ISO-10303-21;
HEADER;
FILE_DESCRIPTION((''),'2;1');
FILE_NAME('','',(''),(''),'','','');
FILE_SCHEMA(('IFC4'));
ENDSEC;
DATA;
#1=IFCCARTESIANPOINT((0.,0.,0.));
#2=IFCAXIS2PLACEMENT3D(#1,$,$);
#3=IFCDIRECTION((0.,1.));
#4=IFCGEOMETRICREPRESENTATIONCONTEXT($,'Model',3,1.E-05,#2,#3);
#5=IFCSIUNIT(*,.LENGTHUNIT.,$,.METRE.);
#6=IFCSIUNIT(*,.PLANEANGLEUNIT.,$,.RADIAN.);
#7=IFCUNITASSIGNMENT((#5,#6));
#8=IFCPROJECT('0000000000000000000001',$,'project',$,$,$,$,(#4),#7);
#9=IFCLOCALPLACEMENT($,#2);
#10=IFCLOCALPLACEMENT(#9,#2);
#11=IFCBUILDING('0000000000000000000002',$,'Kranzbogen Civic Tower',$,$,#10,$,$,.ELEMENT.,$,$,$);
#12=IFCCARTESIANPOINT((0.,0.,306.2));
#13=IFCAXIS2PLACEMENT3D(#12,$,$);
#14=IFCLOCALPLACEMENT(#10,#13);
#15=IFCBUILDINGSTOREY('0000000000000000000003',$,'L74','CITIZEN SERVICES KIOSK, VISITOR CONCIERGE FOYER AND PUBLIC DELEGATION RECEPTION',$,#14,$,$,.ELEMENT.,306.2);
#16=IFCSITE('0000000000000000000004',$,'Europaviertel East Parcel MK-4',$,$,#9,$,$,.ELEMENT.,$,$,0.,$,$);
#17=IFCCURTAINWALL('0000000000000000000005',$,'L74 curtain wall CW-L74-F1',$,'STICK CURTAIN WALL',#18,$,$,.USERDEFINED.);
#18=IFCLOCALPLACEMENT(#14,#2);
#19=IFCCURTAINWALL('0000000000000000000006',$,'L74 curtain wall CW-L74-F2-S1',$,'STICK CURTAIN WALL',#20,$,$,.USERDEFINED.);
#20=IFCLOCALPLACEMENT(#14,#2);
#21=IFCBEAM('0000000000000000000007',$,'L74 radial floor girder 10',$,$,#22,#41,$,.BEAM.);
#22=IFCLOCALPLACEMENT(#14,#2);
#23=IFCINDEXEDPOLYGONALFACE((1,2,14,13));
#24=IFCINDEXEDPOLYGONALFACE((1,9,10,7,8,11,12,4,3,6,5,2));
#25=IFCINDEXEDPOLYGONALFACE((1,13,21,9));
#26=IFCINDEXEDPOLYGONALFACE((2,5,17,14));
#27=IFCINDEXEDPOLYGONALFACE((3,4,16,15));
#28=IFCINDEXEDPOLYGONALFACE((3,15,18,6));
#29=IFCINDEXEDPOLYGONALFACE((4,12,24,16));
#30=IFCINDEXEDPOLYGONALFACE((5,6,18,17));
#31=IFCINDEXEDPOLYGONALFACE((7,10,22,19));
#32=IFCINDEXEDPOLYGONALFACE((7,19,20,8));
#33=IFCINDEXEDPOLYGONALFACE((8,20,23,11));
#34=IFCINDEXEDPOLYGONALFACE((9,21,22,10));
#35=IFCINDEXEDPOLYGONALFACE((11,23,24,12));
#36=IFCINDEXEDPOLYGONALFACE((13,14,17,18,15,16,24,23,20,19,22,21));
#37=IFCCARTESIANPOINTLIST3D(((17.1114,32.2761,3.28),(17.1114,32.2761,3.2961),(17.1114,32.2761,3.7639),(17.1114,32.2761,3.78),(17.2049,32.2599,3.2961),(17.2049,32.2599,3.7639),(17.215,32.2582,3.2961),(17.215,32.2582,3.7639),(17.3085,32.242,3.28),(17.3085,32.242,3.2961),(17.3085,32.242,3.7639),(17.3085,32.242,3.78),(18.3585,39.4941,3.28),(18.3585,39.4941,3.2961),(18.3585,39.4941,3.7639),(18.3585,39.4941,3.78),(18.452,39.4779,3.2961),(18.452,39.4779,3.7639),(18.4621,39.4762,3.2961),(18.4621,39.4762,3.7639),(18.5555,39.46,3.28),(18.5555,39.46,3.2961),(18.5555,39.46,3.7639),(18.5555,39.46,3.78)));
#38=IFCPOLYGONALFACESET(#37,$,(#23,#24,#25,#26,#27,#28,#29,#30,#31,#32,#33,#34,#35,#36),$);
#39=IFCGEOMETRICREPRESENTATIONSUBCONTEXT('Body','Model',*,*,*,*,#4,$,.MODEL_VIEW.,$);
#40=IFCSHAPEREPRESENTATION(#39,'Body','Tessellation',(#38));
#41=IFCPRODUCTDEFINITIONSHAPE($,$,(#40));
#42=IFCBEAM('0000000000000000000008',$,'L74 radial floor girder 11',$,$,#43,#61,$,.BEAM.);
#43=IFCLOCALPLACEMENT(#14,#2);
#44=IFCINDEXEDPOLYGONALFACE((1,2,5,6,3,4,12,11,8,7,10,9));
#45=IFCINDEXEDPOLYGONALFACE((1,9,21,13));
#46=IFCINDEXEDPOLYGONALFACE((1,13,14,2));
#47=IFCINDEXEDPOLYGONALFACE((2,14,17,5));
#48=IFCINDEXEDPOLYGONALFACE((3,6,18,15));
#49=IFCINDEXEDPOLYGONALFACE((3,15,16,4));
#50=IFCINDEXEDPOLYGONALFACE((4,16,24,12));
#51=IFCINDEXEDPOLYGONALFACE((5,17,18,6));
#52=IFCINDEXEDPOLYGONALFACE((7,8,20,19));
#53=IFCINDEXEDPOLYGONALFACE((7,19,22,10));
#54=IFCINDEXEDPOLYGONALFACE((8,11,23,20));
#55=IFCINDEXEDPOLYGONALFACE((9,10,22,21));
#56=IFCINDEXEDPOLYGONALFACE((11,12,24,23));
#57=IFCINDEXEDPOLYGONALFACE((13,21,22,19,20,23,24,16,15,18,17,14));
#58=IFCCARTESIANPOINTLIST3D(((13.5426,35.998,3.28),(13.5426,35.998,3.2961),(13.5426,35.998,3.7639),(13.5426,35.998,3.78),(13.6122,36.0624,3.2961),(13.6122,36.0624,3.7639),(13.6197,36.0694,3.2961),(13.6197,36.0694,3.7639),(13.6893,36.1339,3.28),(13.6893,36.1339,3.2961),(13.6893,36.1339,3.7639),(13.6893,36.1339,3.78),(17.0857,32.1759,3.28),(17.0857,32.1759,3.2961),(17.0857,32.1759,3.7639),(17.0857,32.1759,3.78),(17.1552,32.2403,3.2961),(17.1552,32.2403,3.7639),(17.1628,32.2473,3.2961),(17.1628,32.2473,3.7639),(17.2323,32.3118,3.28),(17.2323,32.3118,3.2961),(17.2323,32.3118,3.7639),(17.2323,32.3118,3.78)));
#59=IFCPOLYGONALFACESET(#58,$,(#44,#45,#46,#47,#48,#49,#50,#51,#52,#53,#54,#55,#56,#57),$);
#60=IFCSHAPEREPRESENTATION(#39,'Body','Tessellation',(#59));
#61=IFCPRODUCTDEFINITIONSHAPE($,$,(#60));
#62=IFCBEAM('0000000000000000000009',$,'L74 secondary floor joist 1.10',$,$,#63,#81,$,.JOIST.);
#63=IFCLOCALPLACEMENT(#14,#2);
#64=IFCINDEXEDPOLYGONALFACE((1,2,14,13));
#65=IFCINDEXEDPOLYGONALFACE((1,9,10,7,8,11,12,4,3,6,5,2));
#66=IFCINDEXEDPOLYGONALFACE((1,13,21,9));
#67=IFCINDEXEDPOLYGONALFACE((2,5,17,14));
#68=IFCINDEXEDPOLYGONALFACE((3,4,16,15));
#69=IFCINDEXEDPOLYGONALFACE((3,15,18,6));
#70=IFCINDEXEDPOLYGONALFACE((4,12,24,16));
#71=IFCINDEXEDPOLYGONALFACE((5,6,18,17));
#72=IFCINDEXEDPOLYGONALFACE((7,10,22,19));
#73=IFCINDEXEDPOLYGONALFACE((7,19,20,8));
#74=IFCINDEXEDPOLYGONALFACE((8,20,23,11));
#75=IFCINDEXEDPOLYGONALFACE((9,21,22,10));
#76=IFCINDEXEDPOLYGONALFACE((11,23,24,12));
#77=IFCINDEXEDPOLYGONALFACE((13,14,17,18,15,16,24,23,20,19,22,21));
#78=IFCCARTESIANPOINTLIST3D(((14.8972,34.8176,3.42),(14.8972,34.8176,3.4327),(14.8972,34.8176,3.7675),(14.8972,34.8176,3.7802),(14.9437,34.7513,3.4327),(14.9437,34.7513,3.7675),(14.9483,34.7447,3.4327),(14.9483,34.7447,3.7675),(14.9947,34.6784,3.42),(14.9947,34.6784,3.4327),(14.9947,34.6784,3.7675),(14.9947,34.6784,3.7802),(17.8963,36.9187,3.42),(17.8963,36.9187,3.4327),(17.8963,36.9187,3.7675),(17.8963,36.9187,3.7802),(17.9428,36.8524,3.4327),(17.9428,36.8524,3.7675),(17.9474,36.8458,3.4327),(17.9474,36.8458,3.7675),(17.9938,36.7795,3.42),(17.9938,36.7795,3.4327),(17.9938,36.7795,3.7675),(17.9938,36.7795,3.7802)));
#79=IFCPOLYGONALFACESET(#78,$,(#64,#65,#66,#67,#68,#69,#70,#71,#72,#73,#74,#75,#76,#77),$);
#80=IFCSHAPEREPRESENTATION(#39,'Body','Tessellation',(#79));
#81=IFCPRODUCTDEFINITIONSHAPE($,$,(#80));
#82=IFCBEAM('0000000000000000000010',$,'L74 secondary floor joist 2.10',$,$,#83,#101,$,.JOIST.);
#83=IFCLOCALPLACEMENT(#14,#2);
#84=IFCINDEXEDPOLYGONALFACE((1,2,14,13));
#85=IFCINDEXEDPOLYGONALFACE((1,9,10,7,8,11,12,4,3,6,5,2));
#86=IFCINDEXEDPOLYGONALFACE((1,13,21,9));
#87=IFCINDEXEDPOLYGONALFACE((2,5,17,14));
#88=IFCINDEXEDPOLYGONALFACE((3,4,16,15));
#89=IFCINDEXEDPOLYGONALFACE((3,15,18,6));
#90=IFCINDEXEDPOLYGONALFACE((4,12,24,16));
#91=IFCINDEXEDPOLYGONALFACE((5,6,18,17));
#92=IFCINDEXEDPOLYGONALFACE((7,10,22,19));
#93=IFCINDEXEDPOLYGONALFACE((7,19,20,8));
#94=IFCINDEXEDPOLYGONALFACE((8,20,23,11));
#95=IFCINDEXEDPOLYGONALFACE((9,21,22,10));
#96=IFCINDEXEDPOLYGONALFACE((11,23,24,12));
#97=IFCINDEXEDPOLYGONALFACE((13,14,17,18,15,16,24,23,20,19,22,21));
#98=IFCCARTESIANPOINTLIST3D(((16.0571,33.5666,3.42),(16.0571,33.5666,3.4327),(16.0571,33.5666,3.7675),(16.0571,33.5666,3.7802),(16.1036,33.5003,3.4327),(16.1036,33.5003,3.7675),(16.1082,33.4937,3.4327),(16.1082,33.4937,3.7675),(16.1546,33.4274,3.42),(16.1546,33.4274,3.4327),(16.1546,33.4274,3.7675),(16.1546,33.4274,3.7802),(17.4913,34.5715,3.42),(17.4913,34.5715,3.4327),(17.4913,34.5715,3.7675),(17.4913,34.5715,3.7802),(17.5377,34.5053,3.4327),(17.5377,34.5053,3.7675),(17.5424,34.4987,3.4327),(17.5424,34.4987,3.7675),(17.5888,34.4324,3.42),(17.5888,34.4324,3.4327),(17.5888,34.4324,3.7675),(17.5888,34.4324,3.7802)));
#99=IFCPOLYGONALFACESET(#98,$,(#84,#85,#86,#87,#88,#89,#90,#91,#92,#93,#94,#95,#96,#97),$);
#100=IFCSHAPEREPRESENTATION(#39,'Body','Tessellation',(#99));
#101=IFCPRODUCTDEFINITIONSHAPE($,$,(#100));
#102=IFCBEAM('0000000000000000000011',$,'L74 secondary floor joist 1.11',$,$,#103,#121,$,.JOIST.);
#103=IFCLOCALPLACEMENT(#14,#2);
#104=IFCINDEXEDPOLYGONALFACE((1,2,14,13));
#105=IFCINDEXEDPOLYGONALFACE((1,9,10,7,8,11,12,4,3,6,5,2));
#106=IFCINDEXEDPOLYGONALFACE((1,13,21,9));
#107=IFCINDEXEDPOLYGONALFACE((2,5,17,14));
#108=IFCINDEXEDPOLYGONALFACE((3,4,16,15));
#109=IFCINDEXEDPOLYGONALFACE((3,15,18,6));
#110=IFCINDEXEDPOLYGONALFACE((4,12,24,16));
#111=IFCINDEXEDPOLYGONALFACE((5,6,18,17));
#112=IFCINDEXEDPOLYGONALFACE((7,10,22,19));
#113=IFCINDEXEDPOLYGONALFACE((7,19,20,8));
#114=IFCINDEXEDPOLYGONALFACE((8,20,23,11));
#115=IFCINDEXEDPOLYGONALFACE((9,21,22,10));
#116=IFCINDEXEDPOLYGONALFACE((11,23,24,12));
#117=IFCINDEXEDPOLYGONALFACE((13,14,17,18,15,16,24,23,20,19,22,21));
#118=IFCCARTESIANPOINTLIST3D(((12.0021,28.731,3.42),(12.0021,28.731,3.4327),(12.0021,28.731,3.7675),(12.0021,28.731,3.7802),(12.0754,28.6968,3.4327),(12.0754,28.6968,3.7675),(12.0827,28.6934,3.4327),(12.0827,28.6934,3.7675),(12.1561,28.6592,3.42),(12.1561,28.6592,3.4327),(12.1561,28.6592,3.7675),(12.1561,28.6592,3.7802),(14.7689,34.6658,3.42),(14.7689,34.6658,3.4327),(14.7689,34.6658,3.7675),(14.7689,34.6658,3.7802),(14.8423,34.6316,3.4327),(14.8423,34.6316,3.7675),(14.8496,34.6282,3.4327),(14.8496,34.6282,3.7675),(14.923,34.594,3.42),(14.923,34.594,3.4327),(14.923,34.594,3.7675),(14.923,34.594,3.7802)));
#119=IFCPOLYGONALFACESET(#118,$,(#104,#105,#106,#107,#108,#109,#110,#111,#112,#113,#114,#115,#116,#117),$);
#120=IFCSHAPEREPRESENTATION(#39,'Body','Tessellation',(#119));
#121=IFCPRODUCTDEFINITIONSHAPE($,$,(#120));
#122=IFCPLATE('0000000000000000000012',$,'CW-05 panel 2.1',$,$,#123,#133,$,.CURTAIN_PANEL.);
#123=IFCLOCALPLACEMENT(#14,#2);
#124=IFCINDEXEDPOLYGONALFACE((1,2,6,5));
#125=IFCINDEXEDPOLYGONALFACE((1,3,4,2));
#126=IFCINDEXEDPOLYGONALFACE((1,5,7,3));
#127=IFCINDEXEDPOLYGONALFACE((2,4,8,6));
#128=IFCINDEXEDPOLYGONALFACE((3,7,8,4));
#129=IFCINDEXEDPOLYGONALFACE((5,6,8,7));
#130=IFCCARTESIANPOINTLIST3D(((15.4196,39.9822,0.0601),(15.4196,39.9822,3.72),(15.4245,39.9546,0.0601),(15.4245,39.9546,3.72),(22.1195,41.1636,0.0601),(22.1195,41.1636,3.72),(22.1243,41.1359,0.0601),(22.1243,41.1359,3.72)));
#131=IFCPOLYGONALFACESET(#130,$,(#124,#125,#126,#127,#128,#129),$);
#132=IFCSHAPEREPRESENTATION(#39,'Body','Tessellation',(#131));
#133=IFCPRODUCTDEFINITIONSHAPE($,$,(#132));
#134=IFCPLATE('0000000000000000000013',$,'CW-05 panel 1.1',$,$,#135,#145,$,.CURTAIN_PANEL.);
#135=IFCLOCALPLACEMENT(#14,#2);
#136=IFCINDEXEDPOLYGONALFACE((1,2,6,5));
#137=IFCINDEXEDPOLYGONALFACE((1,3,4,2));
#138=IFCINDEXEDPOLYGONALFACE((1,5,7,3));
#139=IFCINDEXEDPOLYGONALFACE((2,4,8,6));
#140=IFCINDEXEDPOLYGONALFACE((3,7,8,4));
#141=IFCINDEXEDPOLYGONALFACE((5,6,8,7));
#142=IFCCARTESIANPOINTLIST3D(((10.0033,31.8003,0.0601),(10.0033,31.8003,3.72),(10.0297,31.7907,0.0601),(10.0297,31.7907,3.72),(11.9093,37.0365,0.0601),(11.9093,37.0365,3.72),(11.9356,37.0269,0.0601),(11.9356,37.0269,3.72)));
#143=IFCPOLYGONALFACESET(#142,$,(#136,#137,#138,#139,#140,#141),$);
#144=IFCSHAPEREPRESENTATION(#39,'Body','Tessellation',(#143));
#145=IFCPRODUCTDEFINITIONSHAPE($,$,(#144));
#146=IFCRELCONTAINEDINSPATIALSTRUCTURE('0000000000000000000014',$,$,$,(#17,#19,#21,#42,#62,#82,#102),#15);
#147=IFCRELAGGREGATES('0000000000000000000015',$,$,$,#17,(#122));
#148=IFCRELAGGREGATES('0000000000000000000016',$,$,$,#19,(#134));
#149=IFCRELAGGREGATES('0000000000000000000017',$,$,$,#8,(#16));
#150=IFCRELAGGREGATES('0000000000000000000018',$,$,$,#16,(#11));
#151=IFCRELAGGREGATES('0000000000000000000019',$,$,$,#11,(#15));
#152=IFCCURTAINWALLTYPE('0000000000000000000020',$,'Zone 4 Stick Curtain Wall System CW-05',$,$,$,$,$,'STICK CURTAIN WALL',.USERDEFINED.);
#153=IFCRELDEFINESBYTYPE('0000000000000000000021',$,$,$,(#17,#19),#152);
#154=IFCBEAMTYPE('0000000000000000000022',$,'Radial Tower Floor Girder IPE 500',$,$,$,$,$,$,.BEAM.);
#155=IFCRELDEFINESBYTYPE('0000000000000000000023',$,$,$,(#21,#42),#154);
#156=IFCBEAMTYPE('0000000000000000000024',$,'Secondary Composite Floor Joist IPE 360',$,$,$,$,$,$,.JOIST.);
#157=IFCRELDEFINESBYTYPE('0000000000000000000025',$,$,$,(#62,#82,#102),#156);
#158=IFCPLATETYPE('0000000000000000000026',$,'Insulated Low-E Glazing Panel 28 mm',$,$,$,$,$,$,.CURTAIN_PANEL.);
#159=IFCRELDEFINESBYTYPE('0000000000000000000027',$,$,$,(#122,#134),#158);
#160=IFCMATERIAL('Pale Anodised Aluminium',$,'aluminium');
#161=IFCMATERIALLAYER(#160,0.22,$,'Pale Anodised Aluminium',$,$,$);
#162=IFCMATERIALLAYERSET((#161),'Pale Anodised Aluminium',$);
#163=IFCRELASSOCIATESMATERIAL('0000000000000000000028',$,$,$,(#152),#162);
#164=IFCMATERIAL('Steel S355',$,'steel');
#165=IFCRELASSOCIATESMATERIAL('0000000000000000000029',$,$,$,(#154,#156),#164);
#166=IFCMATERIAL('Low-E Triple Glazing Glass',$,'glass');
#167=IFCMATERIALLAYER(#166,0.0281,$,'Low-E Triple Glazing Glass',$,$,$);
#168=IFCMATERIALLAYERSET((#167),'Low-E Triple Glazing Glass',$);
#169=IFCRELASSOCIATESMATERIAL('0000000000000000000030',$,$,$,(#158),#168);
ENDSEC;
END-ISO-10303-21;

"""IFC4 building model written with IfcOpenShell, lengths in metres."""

from ifc_helpers import new_model, si_unit, direction, frame, origin, origin_2d, place, context, subcontext, project, spatial, rectangle, i_section, extrude, material, layer, layer_set, material_profile, profile_set, type_object, element, aggregate, save


model = new_model("IFC4")

# Units and contexts
model_context = context("Model", 3, precision=1e-05, world=origin(), true_north=direction((0.0, 1.0)))
body_context = subcontext(model_context, "Body", "Model", "MODEL_VIEW")
ifc_project = project(units=[si_unit("LENGTHUNIT", "METRE"), si_unit("PLANEANGLEUNIT", "RADIAN")], contexts=[model_context])

# Site, building, storey
site_placement = place(None, origin())
site = spatial("IfcSite", under=ifc_project, at=site_placement, Name="Europaviertel East Parcel MK-4", CompositionType="ELEMENT", RefElevation=0.0)
building_placement = place(site_placement, origin())
building = spatial("IfcBuilding", under=site, at=building_placement, Name="Kranzbogen Civic Tower", CompositionType="ELEMENT")
storey_placement = place(building_placement, frame((0.0, 0.0, 306.2)))
storey = spatial("IfcBuildingStorey", under=building, at=storey_placement, Name="L74", Description="CITIZEN SERVICES KIOSK, VISITOR CONCIERGE FOYER AND PUBLIC DELEGATION RECEPTION", CompositionType="ELEMENT", Elevation=306.2)

# Shared definitions
ifc_material_1 = material(Name="Steel S355", Category="steel")

# Curtain wall
ifc_material_2 = material(Name="Pale Anodised Aluminium", Category="aluminium")
ifc_layer_1 = layer(ifc_material_2, 0.22, Name="Pale Anodised Aluminium")
ifc_layer_set_1 = layer_set([ifc_layer_1], Name="Pale Anodised Aluminium")
curtain_wall_type = type_object("IfcCurtainWallType", Name="Zone 4 Stick Curtain Wall System CW-05", ElementType="STICK CURTAIN WALL", PredefinedType="USERDEFINED", material=ifc_layer_set_1)
curtain_wall_1_placement = place(storey_placement, origin())
curtain_wall_1 = element("IfcCurtainWall", 1, at=curtain_wall_1_placement, inside=storey, type_object=curtain_wall_type, Name="L74 curtain wall CW-L74-F1", ObjectType="STICK CURTAIN WALL", PredefinedType="USERDEFINED")

# Curtain wall
curtain_wall_2_placement = place(storey_placement, origin())
curtain_wall_2 = element("IfcCurtainWall", 2, at=curtain_wall_2_placement, inside=storey, type_object=curtain_wall_type, Name="L74 curtain wall CW-L74-F2-S1", ObjectType="STICK CURTAIN WALL", PredefinedType="USERDEFINED")

# Beams
ifc_material_profile_1 = material_profile(ifc_material_1, i_section(OverallWidth=0.2, OverallDepth=0.5, WebThickness=0.0103, FlangeThickness=0.0161, at=origin_2d()), Name="IPE 500")
ifc_profile_set_1 = profile_set([ifc_material_profile_1], Name="Steel S355")
beam_type_1 = type_object("IfcBeamType", Name="Radial Tower Floor Girder IPE 500", PredefinedType="BEAM", material=ifc_profile_set_1)
beam_1_placement = place(storey_placement, frame((18.457, 39.4771, 3.53), z_axis=(-0.17025, -0.985401, 0.0), x_axis=(0.985401, -0.17025, 0.0)))
element("IfcBeam", 3, at=beam_1_placement, inside=storey, type_object=beam_type_1, Name="L74 radial floor girder 10", PredefinedType="BEAM", context=body_context, shape_type="SweptSolid", body=[
    extrude(i_section(OverallWidth=0.2, OverallDepth=0.5, WebThickness=0.0103, FlangeThickness=0.0161, at=origin_2d()), origin(), (0.0, 0.0, 1.0), 7.325),
])
beam_2_placement = place(storey_placement, frame((13.616, 36.0659, 3.53), z_axis=(0.679827, -0.733372, 0.0), x_axis=(0.733372, 0.679827, 0.0)))
element("IfcBeam", 4, at=beam_2_placement, inside=storey, type_object=beam_type_1, Name="L74 radial floor girder 11", PredefinedType="BEAM", context=body_context, shape_type="SweptSolid", body=[
    extrude(i_section(OverallWidth=0.2, OverallDepth=0.5, WebThickness=0.0103, FlangeThickness=0.0161, at=origin_2d()), origin(), (0.0, 0.0, 1.0), 5.2117),
])
ifc_material_profile_2 = material_profile(ifc_material_1, i_section(OverallWidth=0.1699, OverallDepth=0.3601, WebThickness=0.0081, FlangeThickness=0.0127, at=origin_2d()), Name="IPE 360")
ifc_profile_set_2 = profile_set([ifc_material_profile_2], Name="Steel S355")
beam_type_2 = type_object("IfcBeamType", Name="Secondary Composite Floor Joist IPE 360", PredefinedType="JOIST", material=ifc_profile_set_2)
beam_3_placement = place(storey_placement, frame((17.9451, 36.8491, 3.6001), z_axis=(-0.819006, -0.573784, 0.0), x_axis=(0.573784, -0.819006, 0.0)))
element("IfcBeam", 5, at=beam_3_placement, inside=storey, type_object=beam_type_2, Name="L74 secondary floor joist 1.10", PredefinedType="JOIST", context=body_context, shape_type="SweptSolid", body=[
    extrude(i_section(OverallWidth=0.1699, OverallDepth=0.3601, WebThickness=0.0081, FlangeThickness=0.0127, at=origin_2d()), origin(), (0.0, 0.0, 1.0), 3.6619),
])
beam_4_placement = place(storey_placement, frame((17.54, 34.502, 3.6001), z_axis=(-0.818957, -0.573855, 0.0), x_axis=(0.573855, -0.818957, 0.0)))
element("IfcBeam", 6, at=beam_4_placement, inside=storey, type_object=beam_type_2, Name="L74 secondary floor joist 2.10", PredefinedType="JOIST", context=body_context, shape_type="SweptSolid", body=[
    extrude(i_section(OverallWidth=0.1699, OverallDepth=0.3601, WebThickness=0.0081, FlangeThickness=0.0127, at=origin_2d()), origin(), (0.0, 0.0, 1.0), 1.7512),
])
beam_5_placement = place(storey_placement, frame((14.8459, 34.6299, 3.6001), z_axis=(-0.422543, -0.906343, 0.0), x_axis=(0.906343, -0.422543, 0.0)))
element("IfcBeam", 7, at=beam_5_placement, inside=storey, type_object=beam_type_2, Name="L74 secondary floor joist 1.11", PredefinedType="JOIST", context=body_context, shape_type="SweptSolid", body=[
    extrude(i_section(OverallWidth=0.1699, OverallDepth=0.3601, WebThickness=0.0081, FlangeThickness=0.0127, at=origin_2d()), origin(), (0.0, 0.0, 1.0), 6.5481),
])

# Plates
ifc_material_3 = material(Name="Low-E Triple Glazing Glass", Category="glass")
ifc_layer_2 = layer(ifc_material_3, 0.0281, Name="Low-E Triple Glazing Glass")
ifc_layer_set_2 = layer_set([ifc_layer_2], Name="Low-E Triple Glazing Glass")
plate_type = type_object("IfcPlateType", Name="Insulated Low-E Glazing Panel 28 mm", PredefinedType="CURTAIN_PANEL", material=ifc_layer_set_2)
plate_1_placement = place(storey_placement, frame((18.772, 40.5591, 0.0601), z_axis=(0.0, 0.0, 1.0), x_axis=(-0.984808, -0.173649, 0.0)))
plate_1 = element("IfcPlate", 8, at=plate_1_placement, type_object=plate_type, Name="CW-05 panel 2.1", PredefinedType="CURTAIN_PANEL", context=body_context, shape_type="SweptSolid", body=[
    extrude(rectangle(XDim=6.8032, YDim=0.0281, at=origin_2d()), origin(), (0.0, 0.0, 1.0), 3.6599),
])
aggregate(curtain_wall_1, [plate_1])
plate_2_placement = place(storey_placement, frame((10.9695, 34.4136, 0.0601), z_axis=(0.0, 0.0, 1.0), x_axis=(-0.342039, -0.939686, 0.0)))
plate_2 = element("IfcPlate", 9, at=plate_2_placement, type_object=plate_type, Name="CW-05 panel 1.1", PredefinedType="CURTAIN_PANEL", context=body_context, shape_type="SweptSolid", body=[
    extrude(rectangle(XDim=5.5723, YDim=0.0281, at=origin_2d()), origin(), (0.0, 0.0, 1.0), 3.6599),
])
aggregate(curtain_wall_2, [plate_2])

save(model, "model.ifc")
